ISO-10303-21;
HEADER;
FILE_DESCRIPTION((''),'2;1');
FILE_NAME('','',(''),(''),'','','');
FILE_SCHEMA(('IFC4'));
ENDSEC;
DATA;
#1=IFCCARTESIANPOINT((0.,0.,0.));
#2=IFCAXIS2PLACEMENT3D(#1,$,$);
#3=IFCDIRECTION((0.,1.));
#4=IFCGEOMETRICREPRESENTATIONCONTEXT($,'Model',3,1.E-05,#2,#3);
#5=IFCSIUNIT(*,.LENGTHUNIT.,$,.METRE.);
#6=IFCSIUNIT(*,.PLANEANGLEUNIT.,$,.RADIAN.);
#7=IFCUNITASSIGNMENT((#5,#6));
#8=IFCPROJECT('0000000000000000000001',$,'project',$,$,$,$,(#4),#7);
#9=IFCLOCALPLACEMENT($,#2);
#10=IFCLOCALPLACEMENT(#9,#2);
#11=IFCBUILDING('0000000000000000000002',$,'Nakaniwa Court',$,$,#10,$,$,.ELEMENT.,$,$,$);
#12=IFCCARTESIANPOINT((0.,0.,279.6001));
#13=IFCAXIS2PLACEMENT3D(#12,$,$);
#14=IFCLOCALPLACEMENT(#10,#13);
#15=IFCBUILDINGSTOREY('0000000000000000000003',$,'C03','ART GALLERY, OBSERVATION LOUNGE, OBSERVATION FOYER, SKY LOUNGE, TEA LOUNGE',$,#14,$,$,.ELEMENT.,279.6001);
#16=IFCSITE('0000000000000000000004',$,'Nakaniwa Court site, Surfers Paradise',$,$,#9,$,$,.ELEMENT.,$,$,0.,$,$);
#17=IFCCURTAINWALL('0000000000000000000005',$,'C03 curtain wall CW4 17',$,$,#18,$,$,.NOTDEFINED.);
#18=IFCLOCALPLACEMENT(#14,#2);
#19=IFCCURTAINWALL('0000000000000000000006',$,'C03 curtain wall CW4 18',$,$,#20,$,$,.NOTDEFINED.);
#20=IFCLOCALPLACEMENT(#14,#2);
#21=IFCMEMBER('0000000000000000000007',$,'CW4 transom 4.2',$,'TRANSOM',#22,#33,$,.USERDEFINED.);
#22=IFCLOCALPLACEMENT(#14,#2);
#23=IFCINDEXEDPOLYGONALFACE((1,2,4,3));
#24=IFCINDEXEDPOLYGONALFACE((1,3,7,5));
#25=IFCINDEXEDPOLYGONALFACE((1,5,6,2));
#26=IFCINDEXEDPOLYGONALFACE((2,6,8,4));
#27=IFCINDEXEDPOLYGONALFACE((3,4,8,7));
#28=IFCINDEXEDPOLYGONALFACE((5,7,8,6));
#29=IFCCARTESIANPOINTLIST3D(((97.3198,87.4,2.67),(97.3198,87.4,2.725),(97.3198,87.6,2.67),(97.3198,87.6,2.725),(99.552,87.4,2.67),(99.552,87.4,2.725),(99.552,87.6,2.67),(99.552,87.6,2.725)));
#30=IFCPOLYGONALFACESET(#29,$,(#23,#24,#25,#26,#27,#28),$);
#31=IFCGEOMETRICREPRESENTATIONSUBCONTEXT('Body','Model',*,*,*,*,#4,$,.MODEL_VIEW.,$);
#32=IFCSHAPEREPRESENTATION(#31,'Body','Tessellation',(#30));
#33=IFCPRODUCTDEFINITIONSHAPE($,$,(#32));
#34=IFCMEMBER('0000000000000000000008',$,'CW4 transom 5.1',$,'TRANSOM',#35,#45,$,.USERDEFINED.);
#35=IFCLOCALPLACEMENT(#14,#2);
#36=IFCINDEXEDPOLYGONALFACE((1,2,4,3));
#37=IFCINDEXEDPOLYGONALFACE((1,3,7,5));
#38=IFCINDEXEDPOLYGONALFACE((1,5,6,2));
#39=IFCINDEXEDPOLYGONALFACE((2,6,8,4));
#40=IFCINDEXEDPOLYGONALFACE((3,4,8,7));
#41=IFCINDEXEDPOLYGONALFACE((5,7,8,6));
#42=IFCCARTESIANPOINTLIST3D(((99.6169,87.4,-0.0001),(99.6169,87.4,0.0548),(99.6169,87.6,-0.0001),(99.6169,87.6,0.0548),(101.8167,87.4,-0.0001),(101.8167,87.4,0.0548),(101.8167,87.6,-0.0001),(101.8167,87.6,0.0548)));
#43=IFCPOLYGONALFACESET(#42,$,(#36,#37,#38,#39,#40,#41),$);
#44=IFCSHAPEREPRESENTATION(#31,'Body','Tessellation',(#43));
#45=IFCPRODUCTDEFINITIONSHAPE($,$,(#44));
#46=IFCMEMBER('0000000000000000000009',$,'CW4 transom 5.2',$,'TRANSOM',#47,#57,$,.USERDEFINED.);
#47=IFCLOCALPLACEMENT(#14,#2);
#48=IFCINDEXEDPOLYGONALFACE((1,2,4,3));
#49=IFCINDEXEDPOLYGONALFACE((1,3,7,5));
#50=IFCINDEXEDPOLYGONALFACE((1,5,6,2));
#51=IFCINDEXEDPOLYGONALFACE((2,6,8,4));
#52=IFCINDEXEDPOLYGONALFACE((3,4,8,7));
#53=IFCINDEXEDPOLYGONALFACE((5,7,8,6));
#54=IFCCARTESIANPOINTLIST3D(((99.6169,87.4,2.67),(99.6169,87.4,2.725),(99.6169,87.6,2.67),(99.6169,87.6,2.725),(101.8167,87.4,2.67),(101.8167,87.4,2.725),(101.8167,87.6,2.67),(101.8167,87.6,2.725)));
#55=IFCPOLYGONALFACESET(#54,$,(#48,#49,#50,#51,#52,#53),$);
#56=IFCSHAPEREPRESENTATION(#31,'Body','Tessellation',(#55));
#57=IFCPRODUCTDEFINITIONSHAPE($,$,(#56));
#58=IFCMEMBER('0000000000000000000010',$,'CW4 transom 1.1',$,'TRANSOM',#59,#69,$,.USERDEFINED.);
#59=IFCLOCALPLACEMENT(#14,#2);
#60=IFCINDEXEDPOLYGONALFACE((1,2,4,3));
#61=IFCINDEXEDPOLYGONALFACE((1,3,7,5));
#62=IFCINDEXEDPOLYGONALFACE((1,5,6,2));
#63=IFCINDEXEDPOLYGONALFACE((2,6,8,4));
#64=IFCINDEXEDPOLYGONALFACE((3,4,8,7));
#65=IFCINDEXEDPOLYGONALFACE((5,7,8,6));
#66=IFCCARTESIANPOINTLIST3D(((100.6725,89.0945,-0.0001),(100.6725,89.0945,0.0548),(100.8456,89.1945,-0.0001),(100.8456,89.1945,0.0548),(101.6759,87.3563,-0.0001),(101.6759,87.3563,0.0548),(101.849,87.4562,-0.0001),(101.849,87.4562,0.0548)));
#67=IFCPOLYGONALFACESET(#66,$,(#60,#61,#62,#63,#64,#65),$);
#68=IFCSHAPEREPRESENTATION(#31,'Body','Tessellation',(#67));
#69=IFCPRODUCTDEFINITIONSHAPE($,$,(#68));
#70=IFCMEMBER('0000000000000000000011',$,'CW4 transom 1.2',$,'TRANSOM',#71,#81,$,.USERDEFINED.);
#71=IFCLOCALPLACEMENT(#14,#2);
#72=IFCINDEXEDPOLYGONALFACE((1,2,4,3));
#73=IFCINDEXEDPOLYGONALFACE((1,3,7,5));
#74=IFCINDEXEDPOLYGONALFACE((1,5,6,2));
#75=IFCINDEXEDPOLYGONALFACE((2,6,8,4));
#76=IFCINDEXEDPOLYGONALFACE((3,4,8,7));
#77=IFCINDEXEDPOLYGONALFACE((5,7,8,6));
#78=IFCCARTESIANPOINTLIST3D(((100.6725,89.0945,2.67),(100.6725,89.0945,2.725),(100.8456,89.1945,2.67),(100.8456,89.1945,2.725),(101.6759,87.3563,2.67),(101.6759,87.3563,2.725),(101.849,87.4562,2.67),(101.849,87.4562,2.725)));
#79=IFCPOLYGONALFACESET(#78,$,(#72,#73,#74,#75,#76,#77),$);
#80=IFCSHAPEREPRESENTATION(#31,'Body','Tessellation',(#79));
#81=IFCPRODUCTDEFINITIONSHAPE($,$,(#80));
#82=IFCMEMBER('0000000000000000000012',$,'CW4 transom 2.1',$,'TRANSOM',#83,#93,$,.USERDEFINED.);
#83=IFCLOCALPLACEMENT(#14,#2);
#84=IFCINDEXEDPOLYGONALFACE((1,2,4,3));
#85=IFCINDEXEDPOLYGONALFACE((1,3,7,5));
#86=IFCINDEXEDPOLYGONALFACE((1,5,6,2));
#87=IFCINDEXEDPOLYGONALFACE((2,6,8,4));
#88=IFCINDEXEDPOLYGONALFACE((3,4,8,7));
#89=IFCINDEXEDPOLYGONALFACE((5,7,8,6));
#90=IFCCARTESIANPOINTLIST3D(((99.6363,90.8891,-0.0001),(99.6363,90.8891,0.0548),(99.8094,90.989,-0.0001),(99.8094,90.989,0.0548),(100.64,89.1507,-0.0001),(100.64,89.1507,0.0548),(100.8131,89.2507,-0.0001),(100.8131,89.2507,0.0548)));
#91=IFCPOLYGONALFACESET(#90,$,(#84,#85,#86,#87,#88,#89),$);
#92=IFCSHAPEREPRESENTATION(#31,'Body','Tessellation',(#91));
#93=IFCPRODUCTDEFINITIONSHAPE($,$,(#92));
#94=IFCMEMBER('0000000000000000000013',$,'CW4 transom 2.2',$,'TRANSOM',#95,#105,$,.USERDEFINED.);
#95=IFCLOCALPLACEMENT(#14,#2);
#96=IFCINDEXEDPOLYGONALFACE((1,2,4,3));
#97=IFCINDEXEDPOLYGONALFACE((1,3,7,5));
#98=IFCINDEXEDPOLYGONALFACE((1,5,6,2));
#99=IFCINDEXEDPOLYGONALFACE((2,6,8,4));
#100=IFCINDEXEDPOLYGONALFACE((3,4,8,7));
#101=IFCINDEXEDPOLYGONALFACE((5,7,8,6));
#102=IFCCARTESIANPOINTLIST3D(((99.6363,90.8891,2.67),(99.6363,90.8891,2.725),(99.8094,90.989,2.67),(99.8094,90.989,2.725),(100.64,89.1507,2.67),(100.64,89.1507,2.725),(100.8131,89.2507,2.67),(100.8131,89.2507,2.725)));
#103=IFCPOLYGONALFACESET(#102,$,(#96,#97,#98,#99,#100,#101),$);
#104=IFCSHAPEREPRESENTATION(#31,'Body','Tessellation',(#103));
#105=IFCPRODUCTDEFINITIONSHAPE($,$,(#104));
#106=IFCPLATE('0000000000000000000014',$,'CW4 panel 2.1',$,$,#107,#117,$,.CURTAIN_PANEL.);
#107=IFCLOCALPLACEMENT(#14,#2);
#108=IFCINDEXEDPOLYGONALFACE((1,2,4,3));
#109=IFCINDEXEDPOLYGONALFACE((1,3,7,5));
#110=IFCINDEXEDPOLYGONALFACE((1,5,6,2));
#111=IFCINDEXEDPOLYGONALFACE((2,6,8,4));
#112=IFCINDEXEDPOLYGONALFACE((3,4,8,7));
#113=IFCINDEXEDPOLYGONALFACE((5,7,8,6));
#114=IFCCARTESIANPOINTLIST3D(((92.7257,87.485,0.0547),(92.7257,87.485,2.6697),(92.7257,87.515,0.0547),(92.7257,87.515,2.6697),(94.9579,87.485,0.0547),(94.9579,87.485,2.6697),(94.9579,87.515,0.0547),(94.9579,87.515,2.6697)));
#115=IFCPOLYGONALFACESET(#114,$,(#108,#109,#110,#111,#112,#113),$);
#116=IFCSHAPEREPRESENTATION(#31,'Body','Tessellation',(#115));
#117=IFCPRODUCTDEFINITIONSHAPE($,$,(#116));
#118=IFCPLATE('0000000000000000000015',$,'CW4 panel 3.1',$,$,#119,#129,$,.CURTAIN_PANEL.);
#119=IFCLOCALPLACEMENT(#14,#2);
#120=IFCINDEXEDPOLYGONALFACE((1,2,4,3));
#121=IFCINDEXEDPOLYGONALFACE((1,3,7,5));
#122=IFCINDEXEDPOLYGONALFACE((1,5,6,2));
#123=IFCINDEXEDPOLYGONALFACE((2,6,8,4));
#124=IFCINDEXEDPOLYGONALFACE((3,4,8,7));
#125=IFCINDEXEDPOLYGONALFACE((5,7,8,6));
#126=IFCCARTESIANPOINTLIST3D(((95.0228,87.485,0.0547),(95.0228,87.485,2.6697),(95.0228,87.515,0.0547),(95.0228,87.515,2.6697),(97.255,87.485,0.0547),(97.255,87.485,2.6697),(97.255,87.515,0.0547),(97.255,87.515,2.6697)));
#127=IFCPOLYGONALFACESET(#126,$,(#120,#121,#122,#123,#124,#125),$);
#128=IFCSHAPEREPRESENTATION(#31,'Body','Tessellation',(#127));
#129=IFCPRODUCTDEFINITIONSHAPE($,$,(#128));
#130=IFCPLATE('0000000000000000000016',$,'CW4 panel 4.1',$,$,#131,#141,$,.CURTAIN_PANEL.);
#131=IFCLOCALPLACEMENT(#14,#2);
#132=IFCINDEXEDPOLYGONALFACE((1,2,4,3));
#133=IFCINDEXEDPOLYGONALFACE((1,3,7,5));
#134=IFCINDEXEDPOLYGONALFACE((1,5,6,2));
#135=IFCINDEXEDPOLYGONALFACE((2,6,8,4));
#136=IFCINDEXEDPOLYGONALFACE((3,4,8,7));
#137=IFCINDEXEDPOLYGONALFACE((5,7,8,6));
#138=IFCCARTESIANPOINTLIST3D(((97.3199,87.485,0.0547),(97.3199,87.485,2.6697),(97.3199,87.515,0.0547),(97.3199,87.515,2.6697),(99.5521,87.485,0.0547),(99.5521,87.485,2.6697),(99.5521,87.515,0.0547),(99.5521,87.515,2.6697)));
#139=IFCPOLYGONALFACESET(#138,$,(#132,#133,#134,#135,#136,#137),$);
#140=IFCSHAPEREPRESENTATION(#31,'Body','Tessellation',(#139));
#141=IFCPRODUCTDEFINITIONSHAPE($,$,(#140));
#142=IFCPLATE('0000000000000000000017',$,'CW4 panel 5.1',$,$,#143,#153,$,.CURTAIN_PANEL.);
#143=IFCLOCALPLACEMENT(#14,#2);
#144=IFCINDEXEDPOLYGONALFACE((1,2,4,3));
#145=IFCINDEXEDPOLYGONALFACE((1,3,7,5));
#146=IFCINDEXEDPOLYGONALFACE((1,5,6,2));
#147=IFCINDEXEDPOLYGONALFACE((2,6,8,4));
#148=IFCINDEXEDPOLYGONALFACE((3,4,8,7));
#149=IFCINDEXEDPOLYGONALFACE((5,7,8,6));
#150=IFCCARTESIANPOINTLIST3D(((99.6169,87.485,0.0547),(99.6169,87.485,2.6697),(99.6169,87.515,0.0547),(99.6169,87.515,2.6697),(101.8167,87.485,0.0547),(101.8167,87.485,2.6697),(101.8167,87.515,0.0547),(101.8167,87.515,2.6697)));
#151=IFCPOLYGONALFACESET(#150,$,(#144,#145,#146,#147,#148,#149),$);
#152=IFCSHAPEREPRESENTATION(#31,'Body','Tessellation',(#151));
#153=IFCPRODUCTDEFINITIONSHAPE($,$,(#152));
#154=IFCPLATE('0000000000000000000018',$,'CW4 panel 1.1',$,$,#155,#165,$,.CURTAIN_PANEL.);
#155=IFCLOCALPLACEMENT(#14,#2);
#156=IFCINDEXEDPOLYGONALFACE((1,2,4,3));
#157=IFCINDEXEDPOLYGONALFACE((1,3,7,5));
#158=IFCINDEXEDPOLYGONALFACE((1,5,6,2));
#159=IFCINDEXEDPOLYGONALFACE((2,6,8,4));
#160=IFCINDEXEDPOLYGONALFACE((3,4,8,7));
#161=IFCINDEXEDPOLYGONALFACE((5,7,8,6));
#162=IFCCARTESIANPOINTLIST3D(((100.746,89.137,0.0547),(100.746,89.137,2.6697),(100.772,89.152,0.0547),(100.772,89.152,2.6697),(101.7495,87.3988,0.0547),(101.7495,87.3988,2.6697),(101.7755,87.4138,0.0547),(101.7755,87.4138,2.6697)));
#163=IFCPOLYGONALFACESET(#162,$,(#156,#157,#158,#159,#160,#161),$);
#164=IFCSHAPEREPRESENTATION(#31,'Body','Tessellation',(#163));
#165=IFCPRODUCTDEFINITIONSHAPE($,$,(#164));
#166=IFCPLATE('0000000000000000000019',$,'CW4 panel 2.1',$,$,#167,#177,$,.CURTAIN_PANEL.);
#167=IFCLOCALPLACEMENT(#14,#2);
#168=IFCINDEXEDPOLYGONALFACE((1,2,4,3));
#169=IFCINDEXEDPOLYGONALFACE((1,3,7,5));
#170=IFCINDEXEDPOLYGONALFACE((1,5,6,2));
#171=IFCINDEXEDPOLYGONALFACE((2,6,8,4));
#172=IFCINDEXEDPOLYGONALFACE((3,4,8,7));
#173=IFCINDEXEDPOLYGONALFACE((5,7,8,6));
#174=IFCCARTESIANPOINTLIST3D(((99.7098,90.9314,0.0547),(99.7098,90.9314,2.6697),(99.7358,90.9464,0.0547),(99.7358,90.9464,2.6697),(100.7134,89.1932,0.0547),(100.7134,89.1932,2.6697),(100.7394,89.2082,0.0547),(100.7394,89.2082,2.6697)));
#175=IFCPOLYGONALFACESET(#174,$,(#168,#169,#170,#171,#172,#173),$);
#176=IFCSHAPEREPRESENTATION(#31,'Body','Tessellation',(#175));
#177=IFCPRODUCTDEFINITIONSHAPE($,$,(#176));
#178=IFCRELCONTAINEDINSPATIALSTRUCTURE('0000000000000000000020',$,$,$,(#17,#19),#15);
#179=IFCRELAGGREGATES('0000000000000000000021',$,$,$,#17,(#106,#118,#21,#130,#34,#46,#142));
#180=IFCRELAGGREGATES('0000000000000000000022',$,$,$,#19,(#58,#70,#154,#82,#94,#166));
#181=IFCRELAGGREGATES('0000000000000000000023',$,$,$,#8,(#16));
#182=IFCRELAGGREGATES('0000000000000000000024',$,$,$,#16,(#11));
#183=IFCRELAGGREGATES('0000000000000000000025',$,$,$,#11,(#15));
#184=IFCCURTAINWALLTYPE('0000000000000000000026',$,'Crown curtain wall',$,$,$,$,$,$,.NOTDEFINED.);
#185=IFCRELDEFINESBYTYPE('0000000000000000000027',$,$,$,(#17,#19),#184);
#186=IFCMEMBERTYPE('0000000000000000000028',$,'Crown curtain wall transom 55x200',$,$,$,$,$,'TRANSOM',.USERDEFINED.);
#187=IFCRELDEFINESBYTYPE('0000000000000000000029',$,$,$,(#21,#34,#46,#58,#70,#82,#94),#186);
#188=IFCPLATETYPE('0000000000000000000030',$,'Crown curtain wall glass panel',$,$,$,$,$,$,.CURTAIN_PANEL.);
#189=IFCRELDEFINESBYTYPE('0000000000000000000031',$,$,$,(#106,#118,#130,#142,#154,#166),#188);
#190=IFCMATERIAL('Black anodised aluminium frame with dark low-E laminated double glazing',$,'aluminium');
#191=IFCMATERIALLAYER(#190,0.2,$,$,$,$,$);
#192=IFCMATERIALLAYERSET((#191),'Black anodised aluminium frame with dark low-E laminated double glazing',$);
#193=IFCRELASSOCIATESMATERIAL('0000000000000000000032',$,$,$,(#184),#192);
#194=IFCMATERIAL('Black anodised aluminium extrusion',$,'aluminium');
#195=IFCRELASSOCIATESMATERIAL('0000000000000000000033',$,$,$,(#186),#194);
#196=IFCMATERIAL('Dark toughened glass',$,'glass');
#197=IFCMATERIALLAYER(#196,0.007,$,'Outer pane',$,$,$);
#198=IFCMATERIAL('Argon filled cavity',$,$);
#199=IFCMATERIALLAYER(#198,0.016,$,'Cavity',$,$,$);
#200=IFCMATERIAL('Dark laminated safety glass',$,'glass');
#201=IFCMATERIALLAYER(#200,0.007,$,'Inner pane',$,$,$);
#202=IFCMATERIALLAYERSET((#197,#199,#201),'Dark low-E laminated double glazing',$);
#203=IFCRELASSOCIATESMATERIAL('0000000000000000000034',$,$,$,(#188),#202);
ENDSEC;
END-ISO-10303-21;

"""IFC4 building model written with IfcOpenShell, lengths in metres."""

from ifc_helpers import new_model, si_unit, direction, frame, origin, origin_2d, place, context, subcontext, project, spatial, rectangle, extrude, material, layer, layer_set, material_profile, profile_set, type_object, element, aggregate, save


model = new_model("IFC4")

# Units and contexts
model_context = context("Model", 3, precision=1e-05, world=origin(), true_north=direction((0.0, 1.0)))
body_context = subcontext(model_context, "Body", "Model", "MODEL_VIEW")
ifc_project = project(units=[si_unit("LENGTHUNIT", "METRE"), si_unit("PLANEANGLEUNIT", "RADIAN")], contexts=[model_context])

# Site, building, storey
site_placement = place(None, origin())
site = spatial("IfcSite", under=ifc_project, at=site_placement, Name="Nakaniwa Court site, Surfers Paradise", CompositionType="ELEMENT", RefElevation=0.0)
building_placement = place(site_placement, origin())
building = spatial("IfcBuilding", under=site, at=building_placement, Name="Nakaniwa Court", CompositionType="ELEMENT")
storey_placement = place(building_placement, frame((0.0, 0.0, 279.6001)))
storey = spatial("IfcBuildingStorey", under=building, at=storey_placement, Name="C03", Description="ART GALLERY, OBSERVATION LOUNGE, OBSERVATION FOYER, SKY LOUNGE, TEA LOUNGE", CompositionType="ELEMENT", Elevation=279.6001)

# Curtain walls
ifc_material_1 = material(Name="Black anodised aluminium frame with dark low-E laminated double glazing", Category="aluminium")
ifc_layer_1 = layer(ifc_material_1, 0.2)
ifc_layer_set_1 = layer_set([ifc_layer_1], Name="Black anodised aluminium frame with dark low-E laminated double glazing")
curtain_wall_type = type_object("IfcCurtainWallType", Name="Crown curtain wall", PredefinedType="NOTDEFINED", material=ifc_layer_set_1)
curtain_wall_1_placement = place(storey_placement, origin())
curtain_wall_1 = element("IfcCurtainWall", 1, at=curtain_wall_1_placement, inside=storey, type_object=curtain_wall_type, Name="C03 curtain wall CW4 17", PredefinedType="NOTDEFINED")
ifc_material_2 = material(Name="Black anodised aluminium extrusion", Category="aluminium")
curtain_wall_2_placement = place(storey_placement, origin())
curtain_wall_2 = element("IfcCurtainWall", 2, at=curtain_wall_2_placement, inside=storey, type_object=curtain_wall_type, Name="C03 curtain wall CW4 18", PredefinedType="NOTDEFINED")

# Members
ifc_material_profile_1 = material_profile(ifc_material_2, rectangle(XDim=0.2, YDim=0.0549, at=origin_2d()), Name="Crown curtain wall transom 55x200")
ifc_profile_set_1 = profile_set([ifc_material_profile_1], Name="Black anodised aluminium extrusion")
member_type_1 = type_object("IfcMemberType", Name="Crown curtain wall transom 55x200", ElementType="TRANSOM", PredefinedType="USERDEFINED", material=ifc_profile_set_1)
member_1_placement = place(storey_placement, frame((97.3198, 87.5, 2.6975), z_axis=(1.0, 0.0, 0.0), x_axis=(0.0, 1.0, 0.0)))
member_1 = element("IfcMember", 3, at=member_1_placement, type_object=member_type_1, Name="CW4 transom 4.2", ObjectType="TRANSOM", PredefinedType="USERDEFINED", context=body_context, shape_type="SweptSolid", body=[
    extrude(rectangle(XDim=0.2, YDim=0.0549, at=origin_2d()), origin(), (0.0, 0.0, 1.0), 2.2322),
])
member_2_placement = place(storey_placement, frame((99.6169, 87.5, 0.0273), z_axis=(1.0, 0.0, 0.0), x_axis=(0.0, 1.0, 0.0)))
member_2 = element("IfcMember", 4, at=member_2_placement, type_object=member_type_1, Name="CW4 transom 5.1", ObjectType="TRANSOM", PredefinedType="USERDEFINED", context=body_context, shape_type="SweptSolid", body=[
    extrude(rectangle(XDim=0.2, YDim=0.0549, at=origin_2d()), origin(), (0.0, 0.0, 1.0), 2.1997),
])
member_3_placement = place(storey_placement, frame((99.6169, 87.5, 2.6975), z_axis=(1.0, 0.0, 0.0), x_axis=(0.0, 1.0, 0.0)))
member_3 = element("IfcMember", 5, at=member_3_placement, type_object=member_type_1, Name="CW4 transom 5.2", ObjectType="TRANSOM", PredefinedType="USERDEFINED", context=body_context, shape_type="SweptSolid", body=[
    extrude(rectangle(XDim=0.2, YDim=0.0549, at=origin_2d()), origin(), (0.0, 0.0, 1.0), 2.1997),
])
member_4_placement = place(storey_placement, frame((101.7625, 87.4062, 0.0273), z_axis=(-0.499933, 0.866064, 0.0), x_axis=(-0.866064, -0.499933, 0.0)))
member_4 = element("IfcMember", 6, at=member_4_placement, type_object=member_type_1, Name="CW4 transom 1.1", ObjectType="TRANSOM", PredefinedType="USERDEFINED", context=body_context, shape_type="SweptSolid", body=[
    extrude(rectangle(XDim=0.2, YDim=0.0549, at=origin_2d()), origin(), (0.0, 0.0, 1.0), 2.0071),
])
member_5_placement = place(storey_placement, frame((101.7625, 87.4062, 2.6975), z_axis=(-0.499933, 0.866064, 0.0), x_axis=(-0.866064, -0.499933, 0.0)))
member_5 = element("IfcMember", 7, at=member_5_placement, type_object=member_type_1, Name="CW4 transom 1.2", ObjectType="TRANSOM", PredefinedType="USERDEFINED", context=body_context, shape_type="SweptSolid", body=[
    extrude(rectangle(XDim=0.2, YDim=0.0549, at=origin_2d()), origin(), (0.0, 0.0, 1.0), 2.0071),
])
member_6_placement = place(storey_placement, frame((100.7266, 89.2007, 0.0273), z_axis=(-0.500024, 0.866011, 0.0), x_axis=(-0.866011, -0.500024, 0.0)))
member_6 = element("IfcMember", 8, at=member_6_placement, type_object=member_type_1, Name="CW4 transom 2.1", ObjectType="TRANSOM", PredefinedType="USERDEFINED", context=body_context, shape_type="SweptSolid", body=[
    extrude(rectangle(XDim=0.2, YDim=0.0549, at=origin_2d()), origin(), (0.0, 0.0, 1.0), 2.0073),
])
member_7_placement = place(storey_placement, frame((100.7266, 89.2007, 2.6975), z_axis=(-0.500024, 0.866011, 0.0), x_axis=(-0.866011, -0.500024, 0.0)))
member_7 = element("IfcMember", 9, at=member_7_placement, type_object=member_type_1, Name="CW4 transom 2.2", ObjectType="TRANSOM", PredefinedType="USERDEFINED", context=body_context, shape_type="SweptSolid", body=[
    extrude(rectangle(XDim=0.2, YDim=0.0549, at=origin_2d()), origin(), (0.0, 0.0, 1.0), 2.0073),
])

# Plates
ifc_material_3 = material(Name="Dark toughened glass", Category="glass")
ifc_layer_2 = layer(ifc_material_3, 0.007, Name="Outer pane")
ifc_material_4 = material(Name="Argon filled cavity")
ifc_layer_3 = layer(ifc_material_4, 0.016, Name="Cavity")
ifc_material_5 = material(Name="Dark laminated safety glass", Category="glass")
ifc_layer_4 = layer(ifc_material_5, 0.007, Name="Inner pane")
ifc_layer_set_2 = layer_set([ifc_layer_2, ifc_layer_3, ifc_layer_4], Name="Dark low-E laminated double glazing")
plate_type = type_object("IfcPlateType", Name="Crown curtain wall glass panel", PredefinedType="CURTAIN_PANEL", material=ifc_layer_set_2)
plate_1_placement = place(storey_placement, frame((93.8418, 87.5, 0.0547), z_axis=(0.0, 0.0, 1.0), x_axis=(1.0, 0.0, 0.0)))
plate_1 = element("IfcPlate", 10, at=plate_1_placement, type_object=plate_type, Name="CW4 panel 2.1", PredefinedType="CURTAIN_PANEL", context=body_context, shape_type="SweptSolid", body=[
    extrude(rectangle(XDim=2.2322, YDim=0.03, at=origin_2d()), origin(), (0.0, 0.0, 1.0), 2.615),
])
plate_2_placement = place(storey_placement, frame((96.1389, 87.5, 0.0547), z_axis=(0.0, 0.0, 1.0), x_axis=(1.0, 0.0, 0.0)))
plate_2 = element("IfcPlate", 11, at=plate_2_placement, type_object=plate_type, Name="CW4 panel 3.1", PredefinedType="CURTAIN_PANEL", context=body_context, shape_type="SweptSolid", body=[
    extrude(rectangle(XDim=2.2322, YDim=0.03, at=origin_2d()), origin(), (0.0, 0.0, 1.0), 2.615),
])
plate_3_placement = place(storey_placement, frame((98.436, 87.5, 0.0547), z_axis=(0.0, 0.0, 1.0), x_axis=(1.0, 0.0, 0.0)))
plate_3 = element("IfcPlate", 12, at=plate_3_placement, type_object=plate_type, Name="CW4 panel 4.1", PredefinedType="CURTAIN_PANEL", context=body_context, shape_type="SweptSolid", body=[
    extrude(rectangle(XDim=2.2322, YDim=0.03, at=origin_2d()), origin(), (0.0, 0.0, 1.0), 2.615),
])
plate_4_placement = place(storey_placement, frame((100.7168, 87.5, 0.0547), z_axis=(0.0, 0.0, 1.0), x_axis=(1.0, 0.0, 0.0)))
plate_4 = element("IfcPlate", 13, at=plate_4_placement, type_object=plate_type, Name="CW4 panel 5.1", PredefinedType="CURTAIN_PANEL", context=body_context, shape_type="SweptSolid", body=[
    extrude(rectangle(XDim=2.1997, YDim=0.03, at=origin_2d()), origin(), (0.0, 0.0, 1.0), 2.615),
])
aggregate(curtain_wall_1, [plate_1, plate_2, member_1, plate_3, member_2, member_3, plate_4])
plate_5_placement = place(storey_placement, frame((101.2607, 88.2754, 0.0547), z_axis=(0.0, 0.0, 1.0), x_axis=(-0.500008, 0.866021, 0.0)))
plate_5 = element("IfcPlate", 14, at=plate_5_placement, type_object=plate_type, Name="CW4 panel 1.1", PredefinedType="CURTAIN_PANEL", context=body_context, shape_type="SweptSolid", body=[
    extrude(rectangle(XDim=2.0071, YDim=0.03, at=origin_2d()), origin(), (0.0, 0.0, 1.0), 2.615),
])
plate_6_placement = place(storey_placement, frame((100.2246, 90.0698, 0.0547), z_axis=(0.0, 0.0, 1.0), x_axis=(-0.500008, 0.866021, 0.0)))
plate_6 = element("IfcPlate", 15, at=plate_6_placement, type_object=plate_type, Name="CW4 panel 2.1", PredefinedType="CURTAIN_PANEL", context=body_context, shape_type="SweptSolid", body=[
    extrude(rectangle(XDim=2.0071, YDim=0.03, at=origin_2d()), origin(), (0.0, 0.0, 1.0), 2.615),
])
aggregate(curtain_wall_2, [member_4, member_5, plate_5, member_6, member_7, plate_6])

save(model, "model.ifc")
